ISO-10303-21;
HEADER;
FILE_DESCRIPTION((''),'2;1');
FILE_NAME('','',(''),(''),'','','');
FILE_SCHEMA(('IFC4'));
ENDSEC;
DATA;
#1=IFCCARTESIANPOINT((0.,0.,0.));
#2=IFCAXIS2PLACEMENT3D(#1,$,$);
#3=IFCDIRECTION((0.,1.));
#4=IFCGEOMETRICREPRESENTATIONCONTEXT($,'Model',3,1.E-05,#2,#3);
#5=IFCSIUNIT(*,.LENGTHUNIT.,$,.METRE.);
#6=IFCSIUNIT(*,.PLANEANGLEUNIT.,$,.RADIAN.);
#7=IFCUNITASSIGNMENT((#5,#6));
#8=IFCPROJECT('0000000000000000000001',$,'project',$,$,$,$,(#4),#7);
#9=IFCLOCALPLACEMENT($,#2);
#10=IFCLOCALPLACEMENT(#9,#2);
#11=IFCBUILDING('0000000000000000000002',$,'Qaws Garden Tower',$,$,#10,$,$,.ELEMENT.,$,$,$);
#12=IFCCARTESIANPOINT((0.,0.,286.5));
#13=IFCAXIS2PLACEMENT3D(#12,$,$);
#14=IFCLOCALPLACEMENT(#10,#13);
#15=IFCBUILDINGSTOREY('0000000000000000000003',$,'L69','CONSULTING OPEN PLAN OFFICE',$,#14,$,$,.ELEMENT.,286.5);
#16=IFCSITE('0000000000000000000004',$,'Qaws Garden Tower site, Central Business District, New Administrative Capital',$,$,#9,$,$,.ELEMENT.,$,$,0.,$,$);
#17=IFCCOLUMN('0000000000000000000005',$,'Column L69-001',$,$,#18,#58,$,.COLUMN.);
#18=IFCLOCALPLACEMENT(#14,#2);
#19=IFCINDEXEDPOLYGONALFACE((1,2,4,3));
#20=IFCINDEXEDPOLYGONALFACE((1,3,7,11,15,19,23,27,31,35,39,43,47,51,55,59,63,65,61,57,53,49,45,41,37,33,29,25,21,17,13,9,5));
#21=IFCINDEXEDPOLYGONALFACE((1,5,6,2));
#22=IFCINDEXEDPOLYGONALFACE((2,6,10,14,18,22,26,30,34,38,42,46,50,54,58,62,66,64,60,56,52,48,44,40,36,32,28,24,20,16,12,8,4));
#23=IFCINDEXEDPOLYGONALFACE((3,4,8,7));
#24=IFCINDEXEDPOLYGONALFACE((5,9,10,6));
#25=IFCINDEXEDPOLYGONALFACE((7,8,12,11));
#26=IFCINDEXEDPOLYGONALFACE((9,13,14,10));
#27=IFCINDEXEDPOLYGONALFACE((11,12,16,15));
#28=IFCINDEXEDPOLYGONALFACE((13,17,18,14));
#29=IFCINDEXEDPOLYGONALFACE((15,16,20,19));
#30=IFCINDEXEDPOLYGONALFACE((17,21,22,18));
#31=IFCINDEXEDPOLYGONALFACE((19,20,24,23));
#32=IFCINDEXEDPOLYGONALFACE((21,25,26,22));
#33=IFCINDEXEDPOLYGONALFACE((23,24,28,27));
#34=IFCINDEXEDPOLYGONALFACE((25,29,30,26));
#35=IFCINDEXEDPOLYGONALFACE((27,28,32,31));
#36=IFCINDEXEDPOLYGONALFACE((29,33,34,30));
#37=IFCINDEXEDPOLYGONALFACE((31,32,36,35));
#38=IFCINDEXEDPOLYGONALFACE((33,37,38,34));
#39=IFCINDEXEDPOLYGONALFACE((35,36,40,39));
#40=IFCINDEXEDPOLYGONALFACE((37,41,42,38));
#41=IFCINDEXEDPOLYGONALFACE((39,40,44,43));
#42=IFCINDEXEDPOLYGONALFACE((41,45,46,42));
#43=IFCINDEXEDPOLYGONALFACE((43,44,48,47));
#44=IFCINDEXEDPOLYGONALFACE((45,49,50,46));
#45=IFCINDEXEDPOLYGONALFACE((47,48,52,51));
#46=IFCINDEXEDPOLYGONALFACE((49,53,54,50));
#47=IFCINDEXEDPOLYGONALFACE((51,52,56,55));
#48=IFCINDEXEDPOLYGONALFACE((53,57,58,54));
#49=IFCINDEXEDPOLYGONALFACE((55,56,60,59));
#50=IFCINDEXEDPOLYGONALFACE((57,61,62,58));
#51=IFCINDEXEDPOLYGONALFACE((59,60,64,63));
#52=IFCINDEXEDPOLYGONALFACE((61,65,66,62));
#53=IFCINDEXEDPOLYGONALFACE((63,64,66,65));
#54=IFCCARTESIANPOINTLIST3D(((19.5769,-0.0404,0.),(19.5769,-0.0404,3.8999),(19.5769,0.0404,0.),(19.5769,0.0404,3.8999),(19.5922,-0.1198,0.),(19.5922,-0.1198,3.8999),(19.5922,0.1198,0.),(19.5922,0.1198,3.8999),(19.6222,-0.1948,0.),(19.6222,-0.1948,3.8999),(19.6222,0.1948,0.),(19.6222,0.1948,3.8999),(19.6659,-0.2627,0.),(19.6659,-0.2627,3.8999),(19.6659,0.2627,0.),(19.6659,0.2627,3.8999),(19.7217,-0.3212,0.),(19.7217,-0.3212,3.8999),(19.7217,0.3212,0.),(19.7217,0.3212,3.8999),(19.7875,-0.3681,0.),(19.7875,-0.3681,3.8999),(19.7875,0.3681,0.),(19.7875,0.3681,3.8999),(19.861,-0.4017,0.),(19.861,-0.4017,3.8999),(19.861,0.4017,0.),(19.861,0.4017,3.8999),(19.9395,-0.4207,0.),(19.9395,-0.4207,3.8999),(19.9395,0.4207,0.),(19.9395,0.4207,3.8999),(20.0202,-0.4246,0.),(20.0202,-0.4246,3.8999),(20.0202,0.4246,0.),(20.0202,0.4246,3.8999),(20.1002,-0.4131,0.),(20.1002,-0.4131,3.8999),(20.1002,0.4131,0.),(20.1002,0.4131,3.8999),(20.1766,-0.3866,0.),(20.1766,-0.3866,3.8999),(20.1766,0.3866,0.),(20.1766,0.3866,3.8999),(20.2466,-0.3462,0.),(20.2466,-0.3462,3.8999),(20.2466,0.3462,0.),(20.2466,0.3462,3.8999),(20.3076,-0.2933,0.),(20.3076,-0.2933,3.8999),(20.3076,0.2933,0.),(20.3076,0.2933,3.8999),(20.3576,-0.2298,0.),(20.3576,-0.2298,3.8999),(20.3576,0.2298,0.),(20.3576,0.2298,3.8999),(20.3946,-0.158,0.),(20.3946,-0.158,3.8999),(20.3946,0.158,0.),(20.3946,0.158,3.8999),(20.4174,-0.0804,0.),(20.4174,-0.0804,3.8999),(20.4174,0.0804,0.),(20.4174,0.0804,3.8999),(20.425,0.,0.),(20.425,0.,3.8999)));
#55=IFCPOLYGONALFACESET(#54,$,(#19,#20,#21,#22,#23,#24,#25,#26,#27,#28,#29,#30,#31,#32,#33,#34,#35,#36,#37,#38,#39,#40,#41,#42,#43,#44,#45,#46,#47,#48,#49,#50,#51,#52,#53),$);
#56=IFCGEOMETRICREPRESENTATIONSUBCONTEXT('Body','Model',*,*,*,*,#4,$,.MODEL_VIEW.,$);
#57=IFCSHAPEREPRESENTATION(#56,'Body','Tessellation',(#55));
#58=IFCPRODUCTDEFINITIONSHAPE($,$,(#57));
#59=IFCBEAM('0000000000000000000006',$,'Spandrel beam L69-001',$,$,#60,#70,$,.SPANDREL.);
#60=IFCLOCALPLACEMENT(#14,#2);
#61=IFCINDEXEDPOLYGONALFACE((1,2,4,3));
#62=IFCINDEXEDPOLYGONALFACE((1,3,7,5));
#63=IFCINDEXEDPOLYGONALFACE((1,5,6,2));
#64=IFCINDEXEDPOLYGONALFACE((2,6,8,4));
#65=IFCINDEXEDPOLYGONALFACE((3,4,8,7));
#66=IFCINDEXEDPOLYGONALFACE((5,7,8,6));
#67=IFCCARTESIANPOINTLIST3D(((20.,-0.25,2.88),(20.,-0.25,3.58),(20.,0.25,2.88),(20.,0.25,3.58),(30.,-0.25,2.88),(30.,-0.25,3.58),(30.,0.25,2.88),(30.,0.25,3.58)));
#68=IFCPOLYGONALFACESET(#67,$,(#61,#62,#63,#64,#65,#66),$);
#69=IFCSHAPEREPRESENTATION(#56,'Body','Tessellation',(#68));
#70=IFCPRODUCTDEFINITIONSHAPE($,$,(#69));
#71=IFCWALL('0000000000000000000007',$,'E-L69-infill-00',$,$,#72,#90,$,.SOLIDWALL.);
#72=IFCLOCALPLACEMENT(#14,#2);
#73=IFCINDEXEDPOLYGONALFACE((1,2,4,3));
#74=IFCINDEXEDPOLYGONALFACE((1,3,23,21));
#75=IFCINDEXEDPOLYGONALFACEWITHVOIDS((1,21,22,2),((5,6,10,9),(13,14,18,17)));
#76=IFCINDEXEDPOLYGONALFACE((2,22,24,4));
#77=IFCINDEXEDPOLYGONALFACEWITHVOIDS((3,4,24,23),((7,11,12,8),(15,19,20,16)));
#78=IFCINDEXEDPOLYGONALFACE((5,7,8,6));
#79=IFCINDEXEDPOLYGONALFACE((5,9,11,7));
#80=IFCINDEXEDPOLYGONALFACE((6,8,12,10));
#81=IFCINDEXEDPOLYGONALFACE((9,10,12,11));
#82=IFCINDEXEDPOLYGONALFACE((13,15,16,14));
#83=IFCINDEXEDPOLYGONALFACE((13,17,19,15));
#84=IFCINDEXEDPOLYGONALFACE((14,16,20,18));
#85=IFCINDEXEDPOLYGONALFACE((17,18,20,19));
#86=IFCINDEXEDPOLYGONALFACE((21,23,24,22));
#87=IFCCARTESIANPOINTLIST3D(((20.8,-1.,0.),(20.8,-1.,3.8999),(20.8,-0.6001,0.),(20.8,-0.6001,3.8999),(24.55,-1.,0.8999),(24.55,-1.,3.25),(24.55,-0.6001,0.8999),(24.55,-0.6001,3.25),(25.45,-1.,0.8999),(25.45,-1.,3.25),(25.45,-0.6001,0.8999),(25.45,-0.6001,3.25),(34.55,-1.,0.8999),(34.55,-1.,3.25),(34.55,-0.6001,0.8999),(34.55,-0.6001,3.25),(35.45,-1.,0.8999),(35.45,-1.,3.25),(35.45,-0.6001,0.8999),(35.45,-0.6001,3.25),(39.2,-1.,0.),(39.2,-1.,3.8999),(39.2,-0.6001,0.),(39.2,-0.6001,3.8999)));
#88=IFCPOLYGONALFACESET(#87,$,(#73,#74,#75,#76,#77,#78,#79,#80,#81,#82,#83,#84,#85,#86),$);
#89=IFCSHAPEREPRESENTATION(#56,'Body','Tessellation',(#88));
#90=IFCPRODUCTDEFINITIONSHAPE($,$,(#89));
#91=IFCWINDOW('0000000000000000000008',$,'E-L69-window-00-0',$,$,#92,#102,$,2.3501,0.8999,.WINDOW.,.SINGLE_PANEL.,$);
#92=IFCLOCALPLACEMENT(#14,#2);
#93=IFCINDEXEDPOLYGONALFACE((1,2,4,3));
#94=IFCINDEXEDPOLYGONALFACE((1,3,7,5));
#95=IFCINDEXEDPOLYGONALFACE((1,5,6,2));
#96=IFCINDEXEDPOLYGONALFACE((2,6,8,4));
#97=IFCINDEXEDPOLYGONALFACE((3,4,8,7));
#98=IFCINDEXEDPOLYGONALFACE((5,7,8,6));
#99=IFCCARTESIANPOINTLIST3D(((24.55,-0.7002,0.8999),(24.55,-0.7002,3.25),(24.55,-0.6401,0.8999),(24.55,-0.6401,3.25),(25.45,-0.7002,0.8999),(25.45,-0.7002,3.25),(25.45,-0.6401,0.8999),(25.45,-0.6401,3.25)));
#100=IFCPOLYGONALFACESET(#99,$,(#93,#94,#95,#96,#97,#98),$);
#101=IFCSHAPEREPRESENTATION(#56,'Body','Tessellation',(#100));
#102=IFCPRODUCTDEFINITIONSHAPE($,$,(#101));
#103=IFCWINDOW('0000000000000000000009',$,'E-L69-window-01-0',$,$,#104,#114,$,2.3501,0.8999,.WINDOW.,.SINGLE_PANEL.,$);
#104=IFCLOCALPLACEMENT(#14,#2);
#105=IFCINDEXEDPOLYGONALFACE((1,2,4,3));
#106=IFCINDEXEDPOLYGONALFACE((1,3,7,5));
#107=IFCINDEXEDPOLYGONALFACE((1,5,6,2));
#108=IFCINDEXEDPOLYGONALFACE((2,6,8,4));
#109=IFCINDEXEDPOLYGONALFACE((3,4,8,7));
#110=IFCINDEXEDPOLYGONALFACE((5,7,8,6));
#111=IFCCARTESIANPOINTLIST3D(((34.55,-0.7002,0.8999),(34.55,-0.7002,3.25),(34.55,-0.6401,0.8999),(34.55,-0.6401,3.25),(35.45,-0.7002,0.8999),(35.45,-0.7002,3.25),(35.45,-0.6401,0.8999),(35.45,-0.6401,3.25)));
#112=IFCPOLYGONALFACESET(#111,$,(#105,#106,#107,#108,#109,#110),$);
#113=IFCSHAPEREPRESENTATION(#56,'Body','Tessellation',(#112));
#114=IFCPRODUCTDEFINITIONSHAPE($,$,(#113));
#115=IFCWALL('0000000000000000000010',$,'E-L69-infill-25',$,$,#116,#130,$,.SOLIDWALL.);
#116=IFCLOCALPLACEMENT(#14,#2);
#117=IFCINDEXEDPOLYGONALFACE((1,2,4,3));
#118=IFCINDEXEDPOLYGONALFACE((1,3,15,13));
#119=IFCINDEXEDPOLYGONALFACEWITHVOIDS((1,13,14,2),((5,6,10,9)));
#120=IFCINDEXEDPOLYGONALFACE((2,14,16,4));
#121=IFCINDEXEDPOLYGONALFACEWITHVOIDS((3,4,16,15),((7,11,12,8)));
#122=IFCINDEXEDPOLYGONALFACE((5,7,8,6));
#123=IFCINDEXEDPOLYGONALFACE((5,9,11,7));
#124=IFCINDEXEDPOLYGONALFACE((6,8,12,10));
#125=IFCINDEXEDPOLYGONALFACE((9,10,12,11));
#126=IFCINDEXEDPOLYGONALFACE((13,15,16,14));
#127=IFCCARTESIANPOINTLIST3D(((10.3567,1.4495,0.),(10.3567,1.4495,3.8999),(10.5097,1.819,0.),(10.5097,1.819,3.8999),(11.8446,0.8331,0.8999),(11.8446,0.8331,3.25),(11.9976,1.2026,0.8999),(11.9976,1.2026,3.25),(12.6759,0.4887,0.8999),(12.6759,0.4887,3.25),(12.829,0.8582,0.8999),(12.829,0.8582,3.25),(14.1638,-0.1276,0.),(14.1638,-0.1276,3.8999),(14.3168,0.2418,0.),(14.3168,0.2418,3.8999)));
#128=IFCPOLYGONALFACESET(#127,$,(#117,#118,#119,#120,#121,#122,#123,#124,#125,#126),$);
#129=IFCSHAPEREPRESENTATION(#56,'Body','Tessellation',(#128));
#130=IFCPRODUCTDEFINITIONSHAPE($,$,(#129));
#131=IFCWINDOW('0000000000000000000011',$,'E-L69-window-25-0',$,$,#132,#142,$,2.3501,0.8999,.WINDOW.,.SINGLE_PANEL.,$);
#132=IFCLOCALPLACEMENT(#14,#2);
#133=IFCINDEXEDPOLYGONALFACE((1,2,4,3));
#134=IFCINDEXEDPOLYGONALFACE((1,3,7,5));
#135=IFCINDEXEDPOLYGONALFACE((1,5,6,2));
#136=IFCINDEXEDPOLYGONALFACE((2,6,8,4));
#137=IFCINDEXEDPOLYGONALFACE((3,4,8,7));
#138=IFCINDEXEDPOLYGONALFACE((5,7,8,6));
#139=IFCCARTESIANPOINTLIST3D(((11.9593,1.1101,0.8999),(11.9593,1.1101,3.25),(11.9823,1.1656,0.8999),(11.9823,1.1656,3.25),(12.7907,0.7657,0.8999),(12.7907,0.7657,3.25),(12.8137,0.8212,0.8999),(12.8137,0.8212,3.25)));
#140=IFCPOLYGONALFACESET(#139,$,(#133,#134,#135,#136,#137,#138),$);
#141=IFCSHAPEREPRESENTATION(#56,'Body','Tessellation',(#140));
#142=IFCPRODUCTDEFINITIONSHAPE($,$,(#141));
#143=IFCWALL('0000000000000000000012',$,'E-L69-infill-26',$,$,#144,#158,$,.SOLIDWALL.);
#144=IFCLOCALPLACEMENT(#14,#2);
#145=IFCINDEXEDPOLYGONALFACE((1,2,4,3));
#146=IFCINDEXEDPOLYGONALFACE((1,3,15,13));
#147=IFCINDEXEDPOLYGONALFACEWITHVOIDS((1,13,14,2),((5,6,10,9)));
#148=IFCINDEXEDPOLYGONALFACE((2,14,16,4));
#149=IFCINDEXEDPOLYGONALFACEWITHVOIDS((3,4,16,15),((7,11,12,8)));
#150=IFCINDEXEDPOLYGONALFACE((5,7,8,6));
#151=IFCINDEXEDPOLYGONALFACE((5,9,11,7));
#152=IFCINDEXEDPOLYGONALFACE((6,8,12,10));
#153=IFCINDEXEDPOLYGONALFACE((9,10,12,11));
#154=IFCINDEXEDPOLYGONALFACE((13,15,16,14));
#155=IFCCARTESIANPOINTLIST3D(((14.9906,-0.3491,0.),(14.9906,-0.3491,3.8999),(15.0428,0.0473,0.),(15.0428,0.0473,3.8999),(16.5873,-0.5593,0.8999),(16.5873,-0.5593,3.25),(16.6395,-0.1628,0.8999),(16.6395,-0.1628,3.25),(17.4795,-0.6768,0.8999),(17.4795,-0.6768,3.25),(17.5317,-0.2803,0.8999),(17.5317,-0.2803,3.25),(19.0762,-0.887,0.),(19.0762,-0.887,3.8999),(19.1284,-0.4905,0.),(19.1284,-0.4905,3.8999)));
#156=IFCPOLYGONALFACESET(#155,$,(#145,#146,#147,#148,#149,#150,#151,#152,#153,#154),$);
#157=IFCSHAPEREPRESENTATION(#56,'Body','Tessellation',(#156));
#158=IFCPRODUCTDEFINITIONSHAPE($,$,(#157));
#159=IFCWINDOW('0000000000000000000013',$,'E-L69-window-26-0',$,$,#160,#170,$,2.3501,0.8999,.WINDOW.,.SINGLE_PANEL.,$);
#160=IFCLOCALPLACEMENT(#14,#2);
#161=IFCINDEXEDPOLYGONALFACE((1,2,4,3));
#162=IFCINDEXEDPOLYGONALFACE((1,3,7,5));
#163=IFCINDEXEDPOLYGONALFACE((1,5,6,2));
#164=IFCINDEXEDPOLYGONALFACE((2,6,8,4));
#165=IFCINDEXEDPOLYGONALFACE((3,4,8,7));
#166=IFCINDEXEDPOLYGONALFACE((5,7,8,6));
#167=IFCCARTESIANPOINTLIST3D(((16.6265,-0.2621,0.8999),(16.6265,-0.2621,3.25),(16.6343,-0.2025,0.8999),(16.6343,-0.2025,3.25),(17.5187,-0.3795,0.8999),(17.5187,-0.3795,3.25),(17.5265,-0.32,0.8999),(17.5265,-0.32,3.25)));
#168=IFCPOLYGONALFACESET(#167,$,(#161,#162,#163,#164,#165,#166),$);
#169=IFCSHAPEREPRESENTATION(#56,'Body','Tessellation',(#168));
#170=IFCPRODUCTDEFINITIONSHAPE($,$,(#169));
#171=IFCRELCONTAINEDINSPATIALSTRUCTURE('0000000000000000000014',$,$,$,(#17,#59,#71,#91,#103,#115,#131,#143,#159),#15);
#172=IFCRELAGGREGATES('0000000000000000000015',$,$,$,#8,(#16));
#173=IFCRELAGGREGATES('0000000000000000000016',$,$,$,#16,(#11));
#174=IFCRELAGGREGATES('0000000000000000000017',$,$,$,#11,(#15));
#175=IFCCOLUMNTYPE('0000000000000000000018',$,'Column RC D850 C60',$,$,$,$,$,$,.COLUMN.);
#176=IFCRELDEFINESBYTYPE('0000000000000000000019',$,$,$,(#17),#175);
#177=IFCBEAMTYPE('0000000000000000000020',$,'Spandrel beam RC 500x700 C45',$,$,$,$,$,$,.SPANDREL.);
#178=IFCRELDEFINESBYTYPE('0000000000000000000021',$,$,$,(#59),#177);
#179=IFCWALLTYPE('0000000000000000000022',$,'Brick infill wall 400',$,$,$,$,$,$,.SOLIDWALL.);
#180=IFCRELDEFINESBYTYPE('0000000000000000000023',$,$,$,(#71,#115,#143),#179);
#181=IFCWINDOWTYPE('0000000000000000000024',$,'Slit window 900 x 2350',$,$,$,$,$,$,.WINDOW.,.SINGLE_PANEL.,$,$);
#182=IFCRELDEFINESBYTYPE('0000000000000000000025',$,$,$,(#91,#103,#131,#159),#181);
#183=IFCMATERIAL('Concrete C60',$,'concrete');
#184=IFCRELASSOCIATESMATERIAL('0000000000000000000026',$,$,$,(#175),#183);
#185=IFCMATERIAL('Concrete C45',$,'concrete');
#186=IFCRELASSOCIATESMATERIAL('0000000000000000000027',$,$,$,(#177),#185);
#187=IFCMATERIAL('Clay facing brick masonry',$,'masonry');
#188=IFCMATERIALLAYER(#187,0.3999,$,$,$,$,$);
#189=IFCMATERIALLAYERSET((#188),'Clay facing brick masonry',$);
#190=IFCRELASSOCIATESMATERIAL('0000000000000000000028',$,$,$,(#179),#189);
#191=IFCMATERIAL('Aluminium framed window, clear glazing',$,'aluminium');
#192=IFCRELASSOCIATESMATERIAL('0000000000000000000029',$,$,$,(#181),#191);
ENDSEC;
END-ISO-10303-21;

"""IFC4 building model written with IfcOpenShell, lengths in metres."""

from ifc_helpers import new_model, si_unit, direction, frame, frame_2d, origin, origin_2d, place, context, subcontext, project, spatial, rectangle, circle, extrude, material, layer, layer_set, material_profile, profile_set, type_object, element, fill, save


model = new_model("IFC4")

# Units and contexts
model_context = context("Model", 3, precision=1e-05, world=origin(), true_north=direction((0.0, 1.0)))
body_context = subcontext(model_context, "Body", "Model", "MODEL_VIEW")
ifc_project = project(units=[si_unit("LENGTHUNIT", "METRE"), si_unit("PLANEANGLEUNIT", "RADIAN")], contexts=[model_context])

# Site, building, storey
site_placement = place(None, origin())
site = spatial("IfcSite", under=ifc_project, at=site_placement, Name="Qaws Garden Tower site, Central Business District, New Administrative Capital", CompositionType="ELEMENT", RefElevation=0.0)
building_placement = place(site_placement, origin())
building = spatial("IfcBuilding", under=site, at=building_placement, Name="Qaws Garden Tower", CompositionType="ELEMENT")
storey_placement = place(building_placement, frame((0.0, 0.0, 286.5)))
storey = spatial("IfcBuildingStorey", under=building, at=storey_placement, Name="L69", Description="CONSULTING OPEN PLAN OFFICE", CompositionType="ELEMENT", Elevation=286.5)

# Column
ifc_material_1 = material(Name="Concrete C60", Category="concrete")
ifc_material_profile_1 = material_profile(ifc_material_1, circle(Radius=0.425, at=origin_2d()), Name="RC D850")
ifc_profile_set_1 = profile_set([ifc_material_profile_1], Name="Concrete C60")
column_type = type_object("IfcColumnType", Name="Column RC D850 C60", PredefinedType="COLUMN", material=ifc_profile_set_1)
column_placement = place(storey_placement, frame((20.0, 0.0, 0.0), z_axis=(0.0, 0.0, 1.0), x_axis=(1.0, 0.0, 0.0)))
element("IfcColumn", 1, at=column_placement, inside=storey, type_object=column_type, Name="Column L69-001", PredefinedType="COLUMN", context=body_context, shape_type="SweptSolid", body=[
    extrude(circle(Radius=0.425, at=origin_2d()), origin(), (0.0, 0.0, 1.0), 3.8999),
])

# Beam
ifc_material_2 = material(Name="Concrete C45", Category="concrete")
ifc_material_profile_2 = material_profile(ifc_material_2, rectangle(XDim=0.5, YDim=0.7, at=origin_2d()), Name="RC 500x700")
ifc_profile_set_2 = profile_set([ifc_material_profile_2], Name="Concrete C45")
beam_type = type_object("IfcBeamType", Name="Spandrel beam RC 500x700 C45", PredefinedType="SPANDREL", material=ifc_profile_set_2)
beam_placement = place(storey_placement, frame((20.0, 0.0, 3.23), z_axis=(1.0, 0.0, 0.0), x_axis=(0.0, 1.0, 0.0)))
element("IfcBeam", 2, at=beam_placement, inside=storey, type_object=beam_type, Name="Spandrel beam L69-001", PredefinedType="SPANDREL", context=body_context, shape_type="SweptSolid", body=[
    extrude(rectangle(XDim=0.5, YDim=0.7, at=origin_2d()), origin(), (0.0, 0.0, 1.0), 10.0),
])

# Wall, openings, windows
ifc_material_3 = material(Name="Clay facing brick masonry", Category="masonry")
ifc_layer_1 = layer(ifc_material_3, 0.3999)
ifc_layer_set_1 = layer_set([ifc_layer_1], Name="Clay facing brick masonry")
wall_type_1 = type_object("IfcWallType", Name="Brick infill wall 400", PredefinedType="SOLIDWALL", material=ifc_layer_set_1)
wall_1_placement = place(storey_placement, frame((20.8, -0.8, 0.0), z_axis=(0.0, 0.0, 1.0), x_axis=(1.0, 0.0, 0.0)))
wall_1 = element("IfcWall", 3, at=wall_1_placement, inside=storey, type_object=wall_type_1, Name="E-L69-infill-00", PredefinedType="SOLIDWALL", context=body_context, shape_type="SweptSolid", body=[
    extrude(rectangle(XDim=18.3999, YDim=0.3999, at=frame_2d((9.2, 0.0))), origin(), (0.0, 0.0, 1.0), 3.8999),
])
opening_1_placement = place(wall_1_placement, frame((3.75, 0.0, 0.8999)))
opening_1 = element("IfcOpeningElement", 4, at=opening_1_placement, cuts=wall_1, PredefinedType="OPENING", context=body_context, shape_type="SweptSolid", body=[
    extrude(rectangle(XDim=0.8999, YDim=2.3501, at=frame_2d((0.45, 1.175))), frame((0.0, 0.21, 0.0), z_axis=(0.0, -1.0, 0.0), x_axis=(1.0, 0.0, 0.0)), (0.0, 0.0, 1.0), 0.4199),
])
opening_2_placement = place(wall_1_placement, frame((13.75, 0.0, 0.8999)))
opening_2 = element("IfcOpeningElement", 5, at=opening_2_placement, cuts=wall_1, PredefinedType="OPENING", context=body_context, shape_type="SweptSolid", body=[
    extrude(rectangle(XDim=0.8999, YDim=2.3501, at=frame_2d((0.45, 1.175))), frame((0.0, 0.21, 0.0), z_axis=(0.0, -1.0, 0.0), x_axis=(1.0, 0.0, 0.0)), (0.0, 0.0, 1.0), 0.4199),
])
ifc_material_4 = material(Name="Aluminium framed window, clear glazing", Category="aluminium")
window_type = type_object("IfcWindowType", Name="Slit window 900 x 2350", PartitioningType="SINGLE_PANEL", PredefinedType="WINDOW", material=ifc_material_4)
window_1_placement = place(opening_1_placement, origin())
window_1 = element("IfcWindow", 6, at=window_1_placement, inside=storey, type_object=window_type, Name="E-L69-window-00-0", OverallHeight=2.3501, OverallWidth=0.8999, PartitioningType="SINGLE_PANEL", PredefinedType="WINDOW", context=body_context, shape_type="SweptSolid", body=[
    extrude(rectangle(XDim=0.8999, YDim=2.3501, at=frame_2d((0.45, 1.175))), frame((0.0, 0.1599, 0.0), z_axis=(0.0, -1.0, 0.0), x_axis=(1.0, 0.0, 0.0)), (0.0, 0.0, 1.0), 0.0601),
])
fill(opening_1, window_1)
window_2_placement = place(opening_2_placement, origin())
window_2 = element("IfcWindow", 7, at=window_2_placement, inside=storey, type_object=window_type, Name="E-L69-window-01-0", OverallHeight=2.3501, OverallWidth=0.8999, PartitioningType="SINGLE_PANEL", PredefinedType="WINDOW", context=body_context, shape_type="SweptSolid", body=[
    extrude(rectangle(XDim=0.8999, YDim=2.3501, at=frame_2d((0.45, 1.175))), frame((0.0, 0.1599, 0.0), z_axis=(0.0, -1.0, 0.0), x_axis=(1.0, 0.0, 0.0)), (0.0, 0.0, 1.0), 0.0601),
])
fill(opening_2, window_2)

# Walls, openings, windows
wall_2_placement = place(storey_placement, frame((10.4331, 1.6343, 0.0), z_axis=(0.0, 0.0, 1.0), x_axis=(0.923864, -0.382722, 0.0)))
wall_2 = element("IfcWall", 8, at=wall_2_placement, inside=storey, type_object=wall_type_1, Name="E-L69-infill-25", PredefinedType="SOLIDWALL", context=body_context, shape_type="SweptSolid", body=[
    extrude(rectangle(XDim=4.1208, YDim=0.3999, at=frame_2d((2.0605, 0.0))), origin(), (0.0, 0.0, 1.0), 3.8999),
])
opening_3_placement = place(wall_2_placement, frame((1.6106, 0.0, 0.8999)))
opening_3 = element("IfcOpeningElement", 9, at=opening_3_placement, cuts=wall_2, PredefinedType="OPENING", context=body_context, shape_type="SweptSolid", body=[
    extrude(rectangle(XDim=0.8999, YDim=2.3501, at=frame_2d((0.45, 1.175))), frame((0.0, 0.21, 0.0), z_axis=(0.0, -1.0, 0.0), x_axis=(1.0, 0.0, 0.0)), (0.0, 0.0, 1.0), 0.4199),
])
window_3_placement = place(opening_3_placement, origin())
window_3 = element("IfcWindow", 10, at=window_3_placement, inside=storey, type_object=window_type, Name="E-L69-window-25-0", OverallHeight=2.3501, OverallWidth=0.8999, PartitioningType="SINGLE_PANEL", PredefinedType="WINDOW", context=body_context, shape_type="SweptSolid", body=[
    extrude(rectangle(XDim=0.8999, YDim=2.3501, at=frame_2d((0.45, 1.175))), frame((0.0, 0.1599, 0.0), z_axis=(0.0, -1.0, 0.0), x_axis=(1.0, 0.0, 0.0)), (0.0, 0.0, 1.0), 0.0601),
])
fill(opening_3, window_3)
wall_3_placement = place(storey_placement, frame((15.0166, -0.1509, 0.0), z_axis=(0.0, 0.0, 1.0), x_axis=(0.991446, -0.130514, 0.0)))
wall_3 = element("IfcWall", 11, at=wall_3_placement, inside=storey, type_object=wall_type_1, Name="E-L69-infill-26", PredefinedType="SOLIDWALL", context=body_context, shape_type="SweptSolid", body=[
    extrude(rectangle(XDim=4.1208, YDim=0.3999, at=frame_2d((2.0605, 0.0))), origin(), (0.0, 0.0, 1.0), 3.8999),
])
opening_4_placement = place(wall_3_placement, frame((1.6106, 0.0, 0.8999)))
opening_4 = element("IfcOpeningElement", 12, at=opening_4_placement, cuts=wall_3, PredefinedType="OPENING", context=body_context, shape_type="SweptSolid", body=[
    extrude(rectangle(XDim=0.8999, YDim=2.3501, at=frame_2d((0.45, 1.175))), frame((0.0, 0.21, 0.0), z_axis=(0.0, -1.0, 0.0), x_axis=(1.0, 0.0, 0.0)), (0.0, 0.0, 1.0), 0.4199),
])
window_4_placement = place(opening_4_placement, origin())
window_4 = element("IfcWindow", 13, at=window_4_placement, inside=storey, type_object=window_type, Name="E-L69-window-26-0", OverallHeight=2.3501, OverallWidth=0.8999, PartitioningType="SINGLE_PANEL", PredefinedType="WINDOW", context=body_context, shape_type="SweptSolid", body=[
    extrude(rectangle(XDim=0.8999, YDim=2.3501, at=frame_2d((0.45, 1.175))), frame((0.0, 0.1599, 0.0), z_axis=(0.0, -1.0, 0.0), x_axis=(1.0, 0.0, 0.0)), (0.0, 0.0, 1.0), 0.0601),
])
fill(opening_4, window_4)

save(model, "model.ifc")
